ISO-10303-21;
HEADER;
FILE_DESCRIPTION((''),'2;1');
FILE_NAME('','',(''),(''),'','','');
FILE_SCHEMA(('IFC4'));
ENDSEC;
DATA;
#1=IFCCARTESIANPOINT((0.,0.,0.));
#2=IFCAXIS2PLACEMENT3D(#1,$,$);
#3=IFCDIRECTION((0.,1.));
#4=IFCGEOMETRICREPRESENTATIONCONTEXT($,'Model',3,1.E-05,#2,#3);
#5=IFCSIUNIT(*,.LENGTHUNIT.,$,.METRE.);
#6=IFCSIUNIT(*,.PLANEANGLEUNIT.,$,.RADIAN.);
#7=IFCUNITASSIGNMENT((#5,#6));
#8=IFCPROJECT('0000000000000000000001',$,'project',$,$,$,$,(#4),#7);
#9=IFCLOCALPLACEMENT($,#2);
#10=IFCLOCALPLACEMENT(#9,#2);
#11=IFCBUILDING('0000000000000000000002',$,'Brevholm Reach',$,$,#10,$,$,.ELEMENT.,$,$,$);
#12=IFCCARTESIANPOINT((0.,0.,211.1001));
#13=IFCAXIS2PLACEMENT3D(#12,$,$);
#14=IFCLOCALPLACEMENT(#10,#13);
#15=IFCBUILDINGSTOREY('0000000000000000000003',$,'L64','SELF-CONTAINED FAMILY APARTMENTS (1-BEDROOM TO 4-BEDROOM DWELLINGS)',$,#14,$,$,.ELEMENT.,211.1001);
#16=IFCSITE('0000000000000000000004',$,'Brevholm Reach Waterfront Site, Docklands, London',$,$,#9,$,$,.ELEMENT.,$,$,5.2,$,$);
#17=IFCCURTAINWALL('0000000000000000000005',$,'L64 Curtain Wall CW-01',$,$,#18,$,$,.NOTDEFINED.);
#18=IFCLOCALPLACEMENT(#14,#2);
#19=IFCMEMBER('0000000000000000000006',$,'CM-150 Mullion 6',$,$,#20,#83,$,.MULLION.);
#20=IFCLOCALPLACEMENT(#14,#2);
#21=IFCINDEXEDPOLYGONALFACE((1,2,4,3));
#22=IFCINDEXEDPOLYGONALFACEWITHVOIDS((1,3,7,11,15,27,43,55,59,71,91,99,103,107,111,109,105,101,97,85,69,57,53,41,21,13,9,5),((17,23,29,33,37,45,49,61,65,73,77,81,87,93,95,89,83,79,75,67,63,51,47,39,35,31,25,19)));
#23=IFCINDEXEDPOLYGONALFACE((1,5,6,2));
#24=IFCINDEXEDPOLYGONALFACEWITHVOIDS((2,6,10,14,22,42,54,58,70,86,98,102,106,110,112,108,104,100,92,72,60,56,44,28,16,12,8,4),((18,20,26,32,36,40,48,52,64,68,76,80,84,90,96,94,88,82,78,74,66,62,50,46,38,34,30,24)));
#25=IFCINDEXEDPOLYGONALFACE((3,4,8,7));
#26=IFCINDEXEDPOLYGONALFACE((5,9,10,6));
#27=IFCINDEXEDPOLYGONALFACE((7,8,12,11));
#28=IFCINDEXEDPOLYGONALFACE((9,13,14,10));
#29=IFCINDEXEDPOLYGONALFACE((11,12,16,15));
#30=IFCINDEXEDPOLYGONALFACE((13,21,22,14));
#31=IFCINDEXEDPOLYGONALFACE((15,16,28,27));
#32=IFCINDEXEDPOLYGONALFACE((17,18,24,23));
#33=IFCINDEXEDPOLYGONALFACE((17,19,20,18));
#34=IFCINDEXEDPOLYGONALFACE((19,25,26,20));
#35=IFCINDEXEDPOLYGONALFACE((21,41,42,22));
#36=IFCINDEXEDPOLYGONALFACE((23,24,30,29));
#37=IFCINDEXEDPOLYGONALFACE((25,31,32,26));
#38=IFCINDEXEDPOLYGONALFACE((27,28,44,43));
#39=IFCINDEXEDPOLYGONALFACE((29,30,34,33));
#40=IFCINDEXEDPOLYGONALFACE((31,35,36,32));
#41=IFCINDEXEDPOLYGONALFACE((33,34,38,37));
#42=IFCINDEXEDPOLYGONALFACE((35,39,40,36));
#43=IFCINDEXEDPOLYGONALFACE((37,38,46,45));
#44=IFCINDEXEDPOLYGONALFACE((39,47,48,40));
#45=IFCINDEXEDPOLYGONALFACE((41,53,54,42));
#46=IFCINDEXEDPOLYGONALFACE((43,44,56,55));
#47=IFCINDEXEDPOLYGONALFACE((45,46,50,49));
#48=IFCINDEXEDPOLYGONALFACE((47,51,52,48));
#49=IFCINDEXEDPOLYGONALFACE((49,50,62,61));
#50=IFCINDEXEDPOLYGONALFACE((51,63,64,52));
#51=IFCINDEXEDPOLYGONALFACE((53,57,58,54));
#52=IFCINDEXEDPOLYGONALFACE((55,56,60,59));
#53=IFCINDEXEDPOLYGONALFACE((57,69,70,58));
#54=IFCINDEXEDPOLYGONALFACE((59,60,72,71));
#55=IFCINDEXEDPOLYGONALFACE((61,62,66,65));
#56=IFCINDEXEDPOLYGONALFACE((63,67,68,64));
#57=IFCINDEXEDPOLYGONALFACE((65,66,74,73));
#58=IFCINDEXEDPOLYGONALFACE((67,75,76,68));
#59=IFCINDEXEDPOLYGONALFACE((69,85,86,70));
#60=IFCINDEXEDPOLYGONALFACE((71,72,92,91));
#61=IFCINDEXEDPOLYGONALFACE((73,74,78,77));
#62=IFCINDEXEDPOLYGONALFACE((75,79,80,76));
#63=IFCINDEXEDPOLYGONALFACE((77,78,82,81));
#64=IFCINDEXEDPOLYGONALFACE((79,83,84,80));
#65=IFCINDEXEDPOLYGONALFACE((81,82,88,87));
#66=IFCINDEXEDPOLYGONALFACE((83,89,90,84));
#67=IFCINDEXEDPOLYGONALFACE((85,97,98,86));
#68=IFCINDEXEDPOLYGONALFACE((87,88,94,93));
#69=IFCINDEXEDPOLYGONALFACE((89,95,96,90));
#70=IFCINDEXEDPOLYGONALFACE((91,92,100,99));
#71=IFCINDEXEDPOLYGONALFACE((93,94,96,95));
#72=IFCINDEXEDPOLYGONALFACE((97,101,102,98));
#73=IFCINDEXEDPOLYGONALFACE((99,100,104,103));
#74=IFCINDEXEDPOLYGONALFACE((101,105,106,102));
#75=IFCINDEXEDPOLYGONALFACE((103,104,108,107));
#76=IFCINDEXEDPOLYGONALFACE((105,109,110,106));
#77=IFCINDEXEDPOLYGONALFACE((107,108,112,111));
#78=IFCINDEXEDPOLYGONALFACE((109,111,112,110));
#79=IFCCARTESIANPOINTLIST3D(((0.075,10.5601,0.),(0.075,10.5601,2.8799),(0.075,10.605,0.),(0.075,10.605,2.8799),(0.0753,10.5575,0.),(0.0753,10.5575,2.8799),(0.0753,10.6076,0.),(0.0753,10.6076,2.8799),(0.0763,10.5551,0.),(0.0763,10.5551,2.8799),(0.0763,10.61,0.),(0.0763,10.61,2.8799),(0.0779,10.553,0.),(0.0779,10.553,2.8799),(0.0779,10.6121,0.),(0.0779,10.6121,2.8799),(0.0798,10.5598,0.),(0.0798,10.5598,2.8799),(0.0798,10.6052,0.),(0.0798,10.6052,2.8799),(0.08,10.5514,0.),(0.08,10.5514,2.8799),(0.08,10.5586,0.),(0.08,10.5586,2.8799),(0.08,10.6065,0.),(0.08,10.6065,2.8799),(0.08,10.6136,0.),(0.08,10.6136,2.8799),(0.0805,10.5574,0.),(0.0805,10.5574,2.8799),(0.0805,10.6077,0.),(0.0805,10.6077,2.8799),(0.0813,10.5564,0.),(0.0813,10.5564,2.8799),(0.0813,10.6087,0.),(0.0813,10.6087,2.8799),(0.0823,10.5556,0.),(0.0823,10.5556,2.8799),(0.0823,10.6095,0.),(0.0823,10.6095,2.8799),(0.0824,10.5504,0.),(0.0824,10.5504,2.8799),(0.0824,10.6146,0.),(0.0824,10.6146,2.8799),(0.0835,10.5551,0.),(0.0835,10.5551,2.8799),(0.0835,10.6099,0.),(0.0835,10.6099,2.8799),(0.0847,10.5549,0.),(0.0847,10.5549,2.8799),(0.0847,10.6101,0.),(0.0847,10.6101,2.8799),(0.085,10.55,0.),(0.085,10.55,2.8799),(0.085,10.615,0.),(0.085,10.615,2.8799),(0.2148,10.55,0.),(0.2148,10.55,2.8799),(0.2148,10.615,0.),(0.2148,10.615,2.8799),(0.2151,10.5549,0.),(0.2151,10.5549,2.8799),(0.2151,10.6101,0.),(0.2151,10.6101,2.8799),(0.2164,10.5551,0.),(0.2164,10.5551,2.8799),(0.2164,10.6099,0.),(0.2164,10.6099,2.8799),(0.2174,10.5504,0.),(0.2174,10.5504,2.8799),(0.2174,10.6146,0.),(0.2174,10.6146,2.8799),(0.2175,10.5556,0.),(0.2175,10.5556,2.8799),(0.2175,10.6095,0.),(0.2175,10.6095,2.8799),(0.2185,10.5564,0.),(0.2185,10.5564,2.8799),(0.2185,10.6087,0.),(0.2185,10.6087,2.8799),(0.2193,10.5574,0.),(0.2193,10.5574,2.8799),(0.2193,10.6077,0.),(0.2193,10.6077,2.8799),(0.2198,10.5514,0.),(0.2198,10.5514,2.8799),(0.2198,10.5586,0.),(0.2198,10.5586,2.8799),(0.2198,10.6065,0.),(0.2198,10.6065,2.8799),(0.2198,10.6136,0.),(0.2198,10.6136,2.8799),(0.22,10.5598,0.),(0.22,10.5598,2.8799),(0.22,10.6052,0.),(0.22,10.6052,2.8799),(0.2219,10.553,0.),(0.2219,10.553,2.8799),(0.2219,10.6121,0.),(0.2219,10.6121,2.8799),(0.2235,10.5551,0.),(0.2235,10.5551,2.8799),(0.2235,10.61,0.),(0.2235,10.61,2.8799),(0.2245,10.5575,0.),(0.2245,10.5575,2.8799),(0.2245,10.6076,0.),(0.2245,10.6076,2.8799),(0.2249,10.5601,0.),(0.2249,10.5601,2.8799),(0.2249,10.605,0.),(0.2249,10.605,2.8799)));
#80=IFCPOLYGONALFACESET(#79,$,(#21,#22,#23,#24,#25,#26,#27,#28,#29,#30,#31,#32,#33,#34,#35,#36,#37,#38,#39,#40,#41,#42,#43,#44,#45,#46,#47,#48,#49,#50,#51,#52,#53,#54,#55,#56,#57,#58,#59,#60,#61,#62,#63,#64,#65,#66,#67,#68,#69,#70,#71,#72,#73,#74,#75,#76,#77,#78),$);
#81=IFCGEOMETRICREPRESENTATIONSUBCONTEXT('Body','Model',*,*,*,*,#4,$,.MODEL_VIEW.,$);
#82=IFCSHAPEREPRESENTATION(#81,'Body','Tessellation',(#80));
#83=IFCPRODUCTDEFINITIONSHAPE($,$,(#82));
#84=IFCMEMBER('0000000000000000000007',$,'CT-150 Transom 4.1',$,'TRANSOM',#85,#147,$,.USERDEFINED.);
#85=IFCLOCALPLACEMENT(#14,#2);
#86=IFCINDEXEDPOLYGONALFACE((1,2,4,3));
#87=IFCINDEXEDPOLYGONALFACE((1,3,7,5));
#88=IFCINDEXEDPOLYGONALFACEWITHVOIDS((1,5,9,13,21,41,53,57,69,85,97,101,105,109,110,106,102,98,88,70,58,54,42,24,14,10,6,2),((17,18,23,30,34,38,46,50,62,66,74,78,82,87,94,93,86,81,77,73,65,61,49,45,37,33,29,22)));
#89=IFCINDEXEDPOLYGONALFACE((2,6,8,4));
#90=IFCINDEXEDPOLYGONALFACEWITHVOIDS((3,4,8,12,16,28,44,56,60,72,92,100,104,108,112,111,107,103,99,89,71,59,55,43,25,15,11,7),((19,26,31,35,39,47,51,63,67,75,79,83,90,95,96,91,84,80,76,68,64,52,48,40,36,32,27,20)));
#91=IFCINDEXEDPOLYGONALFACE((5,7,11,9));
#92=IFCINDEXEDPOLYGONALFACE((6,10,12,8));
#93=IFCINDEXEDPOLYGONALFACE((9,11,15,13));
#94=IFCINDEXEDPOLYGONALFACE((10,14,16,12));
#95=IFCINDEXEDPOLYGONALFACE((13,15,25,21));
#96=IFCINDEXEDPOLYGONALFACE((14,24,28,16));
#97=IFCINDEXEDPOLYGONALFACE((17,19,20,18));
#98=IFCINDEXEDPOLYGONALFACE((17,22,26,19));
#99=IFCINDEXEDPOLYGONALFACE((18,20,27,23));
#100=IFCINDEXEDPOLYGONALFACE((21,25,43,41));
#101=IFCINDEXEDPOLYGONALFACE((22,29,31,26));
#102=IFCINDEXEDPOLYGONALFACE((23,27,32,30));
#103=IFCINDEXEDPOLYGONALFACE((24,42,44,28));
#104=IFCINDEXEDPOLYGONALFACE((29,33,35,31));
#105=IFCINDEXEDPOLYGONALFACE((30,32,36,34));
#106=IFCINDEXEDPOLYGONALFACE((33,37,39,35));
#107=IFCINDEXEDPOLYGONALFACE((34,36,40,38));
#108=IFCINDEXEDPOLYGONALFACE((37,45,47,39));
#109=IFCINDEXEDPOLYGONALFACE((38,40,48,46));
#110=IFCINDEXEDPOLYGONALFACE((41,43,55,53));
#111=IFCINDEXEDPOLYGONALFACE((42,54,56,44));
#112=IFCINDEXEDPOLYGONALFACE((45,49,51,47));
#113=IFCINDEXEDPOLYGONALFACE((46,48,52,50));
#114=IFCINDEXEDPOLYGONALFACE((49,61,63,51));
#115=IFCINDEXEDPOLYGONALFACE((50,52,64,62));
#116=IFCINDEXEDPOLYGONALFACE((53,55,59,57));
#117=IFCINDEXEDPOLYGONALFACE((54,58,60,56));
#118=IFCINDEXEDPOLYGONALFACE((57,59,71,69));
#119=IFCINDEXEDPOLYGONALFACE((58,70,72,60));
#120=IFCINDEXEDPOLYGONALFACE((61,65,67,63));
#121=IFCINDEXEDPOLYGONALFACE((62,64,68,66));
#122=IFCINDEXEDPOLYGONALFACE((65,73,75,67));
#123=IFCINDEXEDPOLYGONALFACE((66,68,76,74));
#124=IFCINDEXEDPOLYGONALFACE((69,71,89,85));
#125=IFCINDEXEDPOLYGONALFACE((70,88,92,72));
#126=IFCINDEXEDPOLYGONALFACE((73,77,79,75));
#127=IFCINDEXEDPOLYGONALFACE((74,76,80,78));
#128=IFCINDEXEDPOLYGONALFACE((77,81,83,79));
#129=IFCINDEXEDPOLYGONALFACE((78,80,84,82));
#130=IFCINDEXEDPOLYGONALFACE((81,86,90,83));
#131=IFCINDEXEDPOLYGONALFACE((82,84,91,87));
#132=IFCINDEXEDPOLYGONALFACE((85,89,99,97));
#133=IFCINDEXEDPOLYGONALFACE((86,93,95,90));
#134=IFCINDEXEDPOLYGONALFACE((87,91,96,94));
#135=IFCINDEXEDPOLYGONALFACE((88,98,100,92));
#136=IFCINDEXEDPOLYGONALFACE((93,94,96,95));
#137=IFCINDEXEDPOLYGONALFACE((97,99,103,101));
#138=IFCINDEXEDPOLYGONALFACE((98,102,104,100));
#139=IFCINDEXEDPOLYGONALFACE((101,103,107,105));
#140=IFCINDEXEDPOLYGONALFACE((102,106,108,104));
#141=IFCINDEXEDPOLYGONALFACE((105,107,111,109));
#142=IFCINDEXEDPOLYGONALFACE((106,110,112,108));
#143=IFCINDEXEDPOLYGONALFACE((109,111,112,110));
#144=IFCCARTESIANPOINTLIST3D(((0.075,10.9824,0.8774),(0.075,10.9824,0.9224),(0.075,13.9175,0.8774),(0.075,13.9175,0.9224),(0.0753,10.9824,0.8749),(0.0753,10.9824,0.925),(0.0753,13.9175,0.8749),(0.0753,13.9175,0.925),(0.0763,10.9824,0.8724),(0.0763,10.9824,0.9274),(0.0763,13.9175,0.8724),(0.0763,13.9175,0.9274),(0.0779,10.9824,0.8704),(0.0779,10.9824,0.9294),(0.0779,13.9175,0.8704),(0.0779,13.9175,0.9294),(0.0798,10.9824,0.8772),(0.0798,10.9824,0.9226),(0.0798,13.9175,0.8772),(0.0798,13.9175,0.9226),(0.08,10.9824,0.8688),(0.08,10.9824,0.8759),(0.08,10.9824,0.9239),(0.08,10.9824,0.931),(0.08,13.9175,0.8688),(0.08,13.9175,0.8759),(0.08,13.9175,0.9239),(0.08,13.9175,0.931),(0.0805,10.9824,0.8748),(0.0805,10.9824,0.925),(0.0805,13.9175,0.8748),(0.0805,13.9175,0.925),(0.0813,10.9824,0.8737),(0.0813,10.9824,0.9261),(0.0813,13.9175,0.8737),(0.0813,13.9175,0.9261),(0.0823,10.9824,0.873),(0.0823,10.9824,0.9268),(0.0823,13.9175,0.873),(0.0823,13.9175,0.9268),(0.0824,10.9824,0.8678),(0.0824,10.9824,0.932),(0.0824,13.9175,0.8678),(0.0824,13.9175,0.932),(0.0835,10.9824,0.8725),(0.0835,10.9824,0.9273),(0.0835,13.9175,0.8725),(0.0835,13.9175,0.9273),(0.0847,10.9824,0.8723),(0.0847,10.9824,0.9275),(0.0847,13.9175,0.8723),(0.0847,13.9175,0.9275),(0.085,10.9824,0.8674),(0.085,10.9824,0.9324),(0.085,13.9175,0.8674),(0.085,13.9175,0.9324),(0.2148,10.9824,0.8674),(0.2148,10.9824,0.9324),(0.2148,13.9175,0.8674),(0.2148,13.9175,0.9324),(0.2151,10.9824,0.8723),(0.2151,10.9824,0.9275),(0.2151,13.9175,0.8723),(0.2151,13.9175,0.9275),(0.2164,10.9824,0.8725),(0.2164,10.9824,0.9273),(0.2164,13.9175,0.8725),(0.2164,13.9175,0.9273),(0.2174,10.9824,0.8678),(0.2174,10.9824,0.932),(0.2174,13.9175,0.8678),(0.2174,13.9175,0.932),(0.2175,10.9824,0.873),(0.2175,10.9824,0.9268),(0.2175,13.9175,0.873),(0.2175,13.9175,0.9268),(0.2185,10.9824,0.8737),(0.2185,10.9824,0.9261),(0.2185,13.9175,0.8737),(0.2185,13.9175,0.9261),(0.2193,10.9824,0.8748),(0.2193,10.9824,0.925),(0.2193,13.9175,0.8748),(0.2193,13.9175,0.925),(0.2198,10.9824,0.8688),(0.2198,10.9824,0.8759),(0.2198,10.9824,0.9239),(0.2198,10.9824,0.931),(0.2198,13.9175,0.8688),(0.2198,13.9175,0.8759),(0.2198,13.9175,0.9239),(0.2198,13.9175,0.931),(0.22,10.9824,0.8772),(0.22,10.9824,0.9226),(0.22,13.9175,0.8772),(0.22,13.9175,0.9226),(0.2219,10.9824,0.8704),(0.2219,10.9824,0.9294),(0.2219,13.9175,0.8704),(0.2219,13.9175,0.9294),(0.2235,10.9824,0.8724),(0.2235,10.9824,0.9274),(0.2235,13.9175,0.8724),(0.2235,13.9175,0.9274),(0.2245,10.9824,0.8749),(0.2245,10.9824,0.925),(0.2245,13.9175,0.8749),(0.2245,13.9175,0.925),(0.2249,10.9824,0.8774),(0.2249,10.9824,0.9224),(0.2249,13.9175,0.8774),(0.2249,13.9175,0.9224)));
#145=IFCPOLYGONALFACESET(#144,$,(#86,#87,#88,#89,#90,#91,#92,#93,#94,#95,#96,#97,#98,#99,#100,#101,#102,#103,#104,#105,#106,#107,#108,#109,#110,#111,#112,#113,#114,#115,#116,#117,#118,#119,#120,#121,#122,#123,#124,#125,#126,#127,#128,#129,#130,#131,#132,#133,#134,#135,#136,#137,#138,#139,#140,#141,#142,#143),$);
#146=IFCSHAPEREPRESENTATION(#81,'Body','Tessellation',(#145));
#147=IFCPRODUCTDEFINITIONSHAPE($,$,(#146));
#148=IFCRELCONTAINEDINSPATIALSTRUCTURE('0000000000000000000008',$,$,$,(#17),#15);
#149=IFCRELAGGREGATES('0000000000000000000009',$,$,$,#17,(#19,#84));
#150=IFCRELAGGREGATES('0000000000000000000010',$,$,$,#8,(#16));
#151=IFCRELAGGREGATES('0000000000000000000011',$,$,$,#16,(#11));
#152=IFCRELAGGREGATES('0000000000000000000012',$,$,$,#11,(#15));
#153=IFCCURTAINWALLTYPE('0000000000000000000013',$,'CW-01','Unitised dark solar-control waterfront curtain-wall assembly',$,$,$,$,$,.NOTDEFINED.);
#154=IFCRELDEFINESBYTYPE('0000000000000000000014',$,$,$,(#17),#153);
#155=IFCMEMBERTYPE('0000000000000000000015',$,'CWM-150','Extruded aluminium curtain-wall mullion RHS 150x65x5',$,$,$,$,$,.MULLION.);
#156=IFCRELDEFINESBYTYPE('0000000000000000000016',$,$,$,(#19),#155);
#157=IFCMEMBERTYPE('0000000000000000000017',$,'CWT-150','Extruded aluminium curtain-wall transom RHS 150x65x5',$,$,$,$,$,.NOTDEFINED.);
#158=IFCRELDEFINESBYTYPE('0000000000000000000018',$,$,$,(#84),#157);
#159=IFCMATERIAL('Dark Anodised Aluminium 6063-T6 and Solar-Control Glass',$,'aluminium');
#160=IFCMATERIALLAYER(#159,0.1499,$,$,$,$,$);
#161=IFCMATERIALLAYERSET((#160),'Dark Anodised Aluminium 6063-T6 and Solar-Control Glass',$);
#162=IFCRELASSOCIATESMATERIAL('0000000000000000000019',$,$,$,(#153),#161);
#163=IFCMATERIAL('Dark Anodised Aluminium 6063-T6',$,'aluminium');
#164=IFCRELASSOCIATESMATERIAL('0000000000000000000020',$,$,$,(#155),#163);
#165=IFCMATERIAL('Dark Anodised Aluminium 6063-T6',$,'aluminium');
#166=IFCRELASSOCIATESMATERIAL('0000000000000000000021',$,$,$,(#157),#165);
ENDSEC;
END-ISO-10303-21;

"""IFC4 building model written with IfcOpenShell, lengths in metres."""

from ifc_helpers import new_model, si_unit, direction, frame, origin, origin_2d, place, context, subcontext, project, spatial, hollow_rectangle, extrude, material, layer, layer_set, material_profile, profile_set, type_object, element, aggregate, save


model = new_model("IFC4")

# Units and contexts
model_context = context("Model", 3, precision=1e-05, world=origin(), true_north=direction((0.0, 1.0)))
body_context = subcontext(model_context, "Body", "Model", "MODEL_VIEW")
ifc_project = project(units=[si_unit("LENGTHUNIT", "METRE"), si_unit("PLANEANGLEUNIT", "RADIAN")], contexts=[model_context])

# Site, building, storey
site_placement = place(None, origin())
site = spatial("IfcSite", under=ifc_project, at=site_placement, Name="Brevholm Reach Waterfront Site, Docklands, London", CompositionType="ELEMENT", RefElevation=5.2)
building_placement = place(site_placement, origin())
building = spatial("IfcBuilding", under=site, at=building_placement, Name="Brevholm Reach", CompositionType="ELEMENT")
storey_placement = place(building_placement, frame((0.0, 0.0, 211.1001)))
storey = spatial("IfcBuildingStorey", under=building, at=storey_placement, Name="L64", Description="SELF-CONTAINED FAMILY APARTMENTS (1-BEDROOM TO 4-BEDROOM DWELLINGS)", CompositionType="ELEMENT", Elevation=211.1001)

# Curtain wall, members
ifc_material_1 = material(Name="Dark Anodised Aluminium 6063-T6 and Solar-Control Glass", Category="aluminium")
ifc_layer_1 = layer(ifc_material_1, 0.1499)
ifc_layer_set_1 = layer_set([ifc_layer_1], Name="Dark Anodised Aluminium 6063-T6 and Solar-Control Glass")
curtain_wall_type = type_object("IfcCurtainWallType", Name="CW-01", Description="Unitised dark solar-control waterfront curtain-wall assembly", PredefinedType="NOTDEFINED", material=ifc_layer_set_1)
curtain_wall_placement = place(storey_placement, origin())
curtain_wall = element("IfcCurtainWall", 1, at=curtain_wall_placement, inside=storey, type_object=curtain_wall_type, Name="L64 Curtain Wall CW-01", PredefinedType="NOTDEFINED")
ifc_material_2 = material(Name="Dark Anodised Aluminium 6063-T6", Category="aluminium")
ifc_material_profile_1 = material_profile(ifc_material_2, hollow_rectangle(XDim=0.0649, YDim=0.1499, WallThickness=0.0049, InnerFilletRadius=0.0049, OuterFilletRadius=0.01, at=origin_2d()), Name="RHS 150x65x5")
ifc_profile_set_1 = profile_set([ifc_material_profile_1], Name="Dark Anodised Aluminium 6063-T6")
member_type_1 = type_object("IfcMemberType", Name="CWM-150", Description="Extruded aluminium curtain-wall mullion RHS 150x65x5", PredefinedType="MULLION", material=ifc_profile_set_1)
member_1_placement = place(storey_placement, frame((0.1499, 10.5825, 0.0), z_axis=(0.0, 0.0, 1.0), x_axis=(0.0, -1.0, 0.0)))
member_1 = element("IfcMember", 2, at=member_1_placement, type_object=member_type_1, Name="CM-150 Mullion 6", PredefinedType="MULLION", context=body_context, shape_type="SweptSolid", body=[
    extrude(hollow_rectangle(XDim=0.0649, YDim=0.1499, WallThickness=0.0049, InnerFilletRadius=0.0049, OuterFilletRadius=0.01, at=origin_2d()), origin(), (0.0, 0.0, 1.0), 2.8799),
])
ifc_material_3 = material(Name="Dark Anodised Aluminium 6063-T6", Category="aluminium")
ifc_material_profile_2 = material_profile(ifc_material_3, hollow_rectangle(XDim=0.0649, YDim=0.1499, WallThickness=0.0049, InnerFilletRadius=0.0049, OuterFilletRadius=0.01, at=origin_2d()), Name="RHS 150x65x5")
ifc_profile_set_2 = profile_set([ifc_material_profile_2], Name="Dark Anodised Aluminium 6063-T6")
member_type_2 = type_object("IfcMemberType", Name="CWT-150", Description="Extruded aluminium curtain-wall transom RHS 150x65x5", PredefinedType="NOTDEFINED", material=ifc_profile_set_2)
member_2_placement = place(storey_placement, frame((0.1499, 13.9175, 0.8999), z_axis=(0.0, -1.0, 0.0), x_axis=(0.0, 0.0, 1.0)))
member_2 = element("IfcMember", 3, at=member_2_placement, type_object=member_type_2, Name="CT-150 Transom 4.1", ObjectType="TRANSOM", PredefinedType="USERDEFINED", context=body_context, shape_type="SweptSolid", body=[
    extrude(hollow_rectangle(XDim=0.0649, YDim=0.1499, WallThickness=0.0049, InnerFilletRadius=0.0049, OuterFilletRadius=0.01, at=origin_2d()), origin(), (0.0, 0.0, 1.0), 2.9351),
])
aggregate(curtain_wall, [member_1, member_2])

save(model, "model.ifc")
